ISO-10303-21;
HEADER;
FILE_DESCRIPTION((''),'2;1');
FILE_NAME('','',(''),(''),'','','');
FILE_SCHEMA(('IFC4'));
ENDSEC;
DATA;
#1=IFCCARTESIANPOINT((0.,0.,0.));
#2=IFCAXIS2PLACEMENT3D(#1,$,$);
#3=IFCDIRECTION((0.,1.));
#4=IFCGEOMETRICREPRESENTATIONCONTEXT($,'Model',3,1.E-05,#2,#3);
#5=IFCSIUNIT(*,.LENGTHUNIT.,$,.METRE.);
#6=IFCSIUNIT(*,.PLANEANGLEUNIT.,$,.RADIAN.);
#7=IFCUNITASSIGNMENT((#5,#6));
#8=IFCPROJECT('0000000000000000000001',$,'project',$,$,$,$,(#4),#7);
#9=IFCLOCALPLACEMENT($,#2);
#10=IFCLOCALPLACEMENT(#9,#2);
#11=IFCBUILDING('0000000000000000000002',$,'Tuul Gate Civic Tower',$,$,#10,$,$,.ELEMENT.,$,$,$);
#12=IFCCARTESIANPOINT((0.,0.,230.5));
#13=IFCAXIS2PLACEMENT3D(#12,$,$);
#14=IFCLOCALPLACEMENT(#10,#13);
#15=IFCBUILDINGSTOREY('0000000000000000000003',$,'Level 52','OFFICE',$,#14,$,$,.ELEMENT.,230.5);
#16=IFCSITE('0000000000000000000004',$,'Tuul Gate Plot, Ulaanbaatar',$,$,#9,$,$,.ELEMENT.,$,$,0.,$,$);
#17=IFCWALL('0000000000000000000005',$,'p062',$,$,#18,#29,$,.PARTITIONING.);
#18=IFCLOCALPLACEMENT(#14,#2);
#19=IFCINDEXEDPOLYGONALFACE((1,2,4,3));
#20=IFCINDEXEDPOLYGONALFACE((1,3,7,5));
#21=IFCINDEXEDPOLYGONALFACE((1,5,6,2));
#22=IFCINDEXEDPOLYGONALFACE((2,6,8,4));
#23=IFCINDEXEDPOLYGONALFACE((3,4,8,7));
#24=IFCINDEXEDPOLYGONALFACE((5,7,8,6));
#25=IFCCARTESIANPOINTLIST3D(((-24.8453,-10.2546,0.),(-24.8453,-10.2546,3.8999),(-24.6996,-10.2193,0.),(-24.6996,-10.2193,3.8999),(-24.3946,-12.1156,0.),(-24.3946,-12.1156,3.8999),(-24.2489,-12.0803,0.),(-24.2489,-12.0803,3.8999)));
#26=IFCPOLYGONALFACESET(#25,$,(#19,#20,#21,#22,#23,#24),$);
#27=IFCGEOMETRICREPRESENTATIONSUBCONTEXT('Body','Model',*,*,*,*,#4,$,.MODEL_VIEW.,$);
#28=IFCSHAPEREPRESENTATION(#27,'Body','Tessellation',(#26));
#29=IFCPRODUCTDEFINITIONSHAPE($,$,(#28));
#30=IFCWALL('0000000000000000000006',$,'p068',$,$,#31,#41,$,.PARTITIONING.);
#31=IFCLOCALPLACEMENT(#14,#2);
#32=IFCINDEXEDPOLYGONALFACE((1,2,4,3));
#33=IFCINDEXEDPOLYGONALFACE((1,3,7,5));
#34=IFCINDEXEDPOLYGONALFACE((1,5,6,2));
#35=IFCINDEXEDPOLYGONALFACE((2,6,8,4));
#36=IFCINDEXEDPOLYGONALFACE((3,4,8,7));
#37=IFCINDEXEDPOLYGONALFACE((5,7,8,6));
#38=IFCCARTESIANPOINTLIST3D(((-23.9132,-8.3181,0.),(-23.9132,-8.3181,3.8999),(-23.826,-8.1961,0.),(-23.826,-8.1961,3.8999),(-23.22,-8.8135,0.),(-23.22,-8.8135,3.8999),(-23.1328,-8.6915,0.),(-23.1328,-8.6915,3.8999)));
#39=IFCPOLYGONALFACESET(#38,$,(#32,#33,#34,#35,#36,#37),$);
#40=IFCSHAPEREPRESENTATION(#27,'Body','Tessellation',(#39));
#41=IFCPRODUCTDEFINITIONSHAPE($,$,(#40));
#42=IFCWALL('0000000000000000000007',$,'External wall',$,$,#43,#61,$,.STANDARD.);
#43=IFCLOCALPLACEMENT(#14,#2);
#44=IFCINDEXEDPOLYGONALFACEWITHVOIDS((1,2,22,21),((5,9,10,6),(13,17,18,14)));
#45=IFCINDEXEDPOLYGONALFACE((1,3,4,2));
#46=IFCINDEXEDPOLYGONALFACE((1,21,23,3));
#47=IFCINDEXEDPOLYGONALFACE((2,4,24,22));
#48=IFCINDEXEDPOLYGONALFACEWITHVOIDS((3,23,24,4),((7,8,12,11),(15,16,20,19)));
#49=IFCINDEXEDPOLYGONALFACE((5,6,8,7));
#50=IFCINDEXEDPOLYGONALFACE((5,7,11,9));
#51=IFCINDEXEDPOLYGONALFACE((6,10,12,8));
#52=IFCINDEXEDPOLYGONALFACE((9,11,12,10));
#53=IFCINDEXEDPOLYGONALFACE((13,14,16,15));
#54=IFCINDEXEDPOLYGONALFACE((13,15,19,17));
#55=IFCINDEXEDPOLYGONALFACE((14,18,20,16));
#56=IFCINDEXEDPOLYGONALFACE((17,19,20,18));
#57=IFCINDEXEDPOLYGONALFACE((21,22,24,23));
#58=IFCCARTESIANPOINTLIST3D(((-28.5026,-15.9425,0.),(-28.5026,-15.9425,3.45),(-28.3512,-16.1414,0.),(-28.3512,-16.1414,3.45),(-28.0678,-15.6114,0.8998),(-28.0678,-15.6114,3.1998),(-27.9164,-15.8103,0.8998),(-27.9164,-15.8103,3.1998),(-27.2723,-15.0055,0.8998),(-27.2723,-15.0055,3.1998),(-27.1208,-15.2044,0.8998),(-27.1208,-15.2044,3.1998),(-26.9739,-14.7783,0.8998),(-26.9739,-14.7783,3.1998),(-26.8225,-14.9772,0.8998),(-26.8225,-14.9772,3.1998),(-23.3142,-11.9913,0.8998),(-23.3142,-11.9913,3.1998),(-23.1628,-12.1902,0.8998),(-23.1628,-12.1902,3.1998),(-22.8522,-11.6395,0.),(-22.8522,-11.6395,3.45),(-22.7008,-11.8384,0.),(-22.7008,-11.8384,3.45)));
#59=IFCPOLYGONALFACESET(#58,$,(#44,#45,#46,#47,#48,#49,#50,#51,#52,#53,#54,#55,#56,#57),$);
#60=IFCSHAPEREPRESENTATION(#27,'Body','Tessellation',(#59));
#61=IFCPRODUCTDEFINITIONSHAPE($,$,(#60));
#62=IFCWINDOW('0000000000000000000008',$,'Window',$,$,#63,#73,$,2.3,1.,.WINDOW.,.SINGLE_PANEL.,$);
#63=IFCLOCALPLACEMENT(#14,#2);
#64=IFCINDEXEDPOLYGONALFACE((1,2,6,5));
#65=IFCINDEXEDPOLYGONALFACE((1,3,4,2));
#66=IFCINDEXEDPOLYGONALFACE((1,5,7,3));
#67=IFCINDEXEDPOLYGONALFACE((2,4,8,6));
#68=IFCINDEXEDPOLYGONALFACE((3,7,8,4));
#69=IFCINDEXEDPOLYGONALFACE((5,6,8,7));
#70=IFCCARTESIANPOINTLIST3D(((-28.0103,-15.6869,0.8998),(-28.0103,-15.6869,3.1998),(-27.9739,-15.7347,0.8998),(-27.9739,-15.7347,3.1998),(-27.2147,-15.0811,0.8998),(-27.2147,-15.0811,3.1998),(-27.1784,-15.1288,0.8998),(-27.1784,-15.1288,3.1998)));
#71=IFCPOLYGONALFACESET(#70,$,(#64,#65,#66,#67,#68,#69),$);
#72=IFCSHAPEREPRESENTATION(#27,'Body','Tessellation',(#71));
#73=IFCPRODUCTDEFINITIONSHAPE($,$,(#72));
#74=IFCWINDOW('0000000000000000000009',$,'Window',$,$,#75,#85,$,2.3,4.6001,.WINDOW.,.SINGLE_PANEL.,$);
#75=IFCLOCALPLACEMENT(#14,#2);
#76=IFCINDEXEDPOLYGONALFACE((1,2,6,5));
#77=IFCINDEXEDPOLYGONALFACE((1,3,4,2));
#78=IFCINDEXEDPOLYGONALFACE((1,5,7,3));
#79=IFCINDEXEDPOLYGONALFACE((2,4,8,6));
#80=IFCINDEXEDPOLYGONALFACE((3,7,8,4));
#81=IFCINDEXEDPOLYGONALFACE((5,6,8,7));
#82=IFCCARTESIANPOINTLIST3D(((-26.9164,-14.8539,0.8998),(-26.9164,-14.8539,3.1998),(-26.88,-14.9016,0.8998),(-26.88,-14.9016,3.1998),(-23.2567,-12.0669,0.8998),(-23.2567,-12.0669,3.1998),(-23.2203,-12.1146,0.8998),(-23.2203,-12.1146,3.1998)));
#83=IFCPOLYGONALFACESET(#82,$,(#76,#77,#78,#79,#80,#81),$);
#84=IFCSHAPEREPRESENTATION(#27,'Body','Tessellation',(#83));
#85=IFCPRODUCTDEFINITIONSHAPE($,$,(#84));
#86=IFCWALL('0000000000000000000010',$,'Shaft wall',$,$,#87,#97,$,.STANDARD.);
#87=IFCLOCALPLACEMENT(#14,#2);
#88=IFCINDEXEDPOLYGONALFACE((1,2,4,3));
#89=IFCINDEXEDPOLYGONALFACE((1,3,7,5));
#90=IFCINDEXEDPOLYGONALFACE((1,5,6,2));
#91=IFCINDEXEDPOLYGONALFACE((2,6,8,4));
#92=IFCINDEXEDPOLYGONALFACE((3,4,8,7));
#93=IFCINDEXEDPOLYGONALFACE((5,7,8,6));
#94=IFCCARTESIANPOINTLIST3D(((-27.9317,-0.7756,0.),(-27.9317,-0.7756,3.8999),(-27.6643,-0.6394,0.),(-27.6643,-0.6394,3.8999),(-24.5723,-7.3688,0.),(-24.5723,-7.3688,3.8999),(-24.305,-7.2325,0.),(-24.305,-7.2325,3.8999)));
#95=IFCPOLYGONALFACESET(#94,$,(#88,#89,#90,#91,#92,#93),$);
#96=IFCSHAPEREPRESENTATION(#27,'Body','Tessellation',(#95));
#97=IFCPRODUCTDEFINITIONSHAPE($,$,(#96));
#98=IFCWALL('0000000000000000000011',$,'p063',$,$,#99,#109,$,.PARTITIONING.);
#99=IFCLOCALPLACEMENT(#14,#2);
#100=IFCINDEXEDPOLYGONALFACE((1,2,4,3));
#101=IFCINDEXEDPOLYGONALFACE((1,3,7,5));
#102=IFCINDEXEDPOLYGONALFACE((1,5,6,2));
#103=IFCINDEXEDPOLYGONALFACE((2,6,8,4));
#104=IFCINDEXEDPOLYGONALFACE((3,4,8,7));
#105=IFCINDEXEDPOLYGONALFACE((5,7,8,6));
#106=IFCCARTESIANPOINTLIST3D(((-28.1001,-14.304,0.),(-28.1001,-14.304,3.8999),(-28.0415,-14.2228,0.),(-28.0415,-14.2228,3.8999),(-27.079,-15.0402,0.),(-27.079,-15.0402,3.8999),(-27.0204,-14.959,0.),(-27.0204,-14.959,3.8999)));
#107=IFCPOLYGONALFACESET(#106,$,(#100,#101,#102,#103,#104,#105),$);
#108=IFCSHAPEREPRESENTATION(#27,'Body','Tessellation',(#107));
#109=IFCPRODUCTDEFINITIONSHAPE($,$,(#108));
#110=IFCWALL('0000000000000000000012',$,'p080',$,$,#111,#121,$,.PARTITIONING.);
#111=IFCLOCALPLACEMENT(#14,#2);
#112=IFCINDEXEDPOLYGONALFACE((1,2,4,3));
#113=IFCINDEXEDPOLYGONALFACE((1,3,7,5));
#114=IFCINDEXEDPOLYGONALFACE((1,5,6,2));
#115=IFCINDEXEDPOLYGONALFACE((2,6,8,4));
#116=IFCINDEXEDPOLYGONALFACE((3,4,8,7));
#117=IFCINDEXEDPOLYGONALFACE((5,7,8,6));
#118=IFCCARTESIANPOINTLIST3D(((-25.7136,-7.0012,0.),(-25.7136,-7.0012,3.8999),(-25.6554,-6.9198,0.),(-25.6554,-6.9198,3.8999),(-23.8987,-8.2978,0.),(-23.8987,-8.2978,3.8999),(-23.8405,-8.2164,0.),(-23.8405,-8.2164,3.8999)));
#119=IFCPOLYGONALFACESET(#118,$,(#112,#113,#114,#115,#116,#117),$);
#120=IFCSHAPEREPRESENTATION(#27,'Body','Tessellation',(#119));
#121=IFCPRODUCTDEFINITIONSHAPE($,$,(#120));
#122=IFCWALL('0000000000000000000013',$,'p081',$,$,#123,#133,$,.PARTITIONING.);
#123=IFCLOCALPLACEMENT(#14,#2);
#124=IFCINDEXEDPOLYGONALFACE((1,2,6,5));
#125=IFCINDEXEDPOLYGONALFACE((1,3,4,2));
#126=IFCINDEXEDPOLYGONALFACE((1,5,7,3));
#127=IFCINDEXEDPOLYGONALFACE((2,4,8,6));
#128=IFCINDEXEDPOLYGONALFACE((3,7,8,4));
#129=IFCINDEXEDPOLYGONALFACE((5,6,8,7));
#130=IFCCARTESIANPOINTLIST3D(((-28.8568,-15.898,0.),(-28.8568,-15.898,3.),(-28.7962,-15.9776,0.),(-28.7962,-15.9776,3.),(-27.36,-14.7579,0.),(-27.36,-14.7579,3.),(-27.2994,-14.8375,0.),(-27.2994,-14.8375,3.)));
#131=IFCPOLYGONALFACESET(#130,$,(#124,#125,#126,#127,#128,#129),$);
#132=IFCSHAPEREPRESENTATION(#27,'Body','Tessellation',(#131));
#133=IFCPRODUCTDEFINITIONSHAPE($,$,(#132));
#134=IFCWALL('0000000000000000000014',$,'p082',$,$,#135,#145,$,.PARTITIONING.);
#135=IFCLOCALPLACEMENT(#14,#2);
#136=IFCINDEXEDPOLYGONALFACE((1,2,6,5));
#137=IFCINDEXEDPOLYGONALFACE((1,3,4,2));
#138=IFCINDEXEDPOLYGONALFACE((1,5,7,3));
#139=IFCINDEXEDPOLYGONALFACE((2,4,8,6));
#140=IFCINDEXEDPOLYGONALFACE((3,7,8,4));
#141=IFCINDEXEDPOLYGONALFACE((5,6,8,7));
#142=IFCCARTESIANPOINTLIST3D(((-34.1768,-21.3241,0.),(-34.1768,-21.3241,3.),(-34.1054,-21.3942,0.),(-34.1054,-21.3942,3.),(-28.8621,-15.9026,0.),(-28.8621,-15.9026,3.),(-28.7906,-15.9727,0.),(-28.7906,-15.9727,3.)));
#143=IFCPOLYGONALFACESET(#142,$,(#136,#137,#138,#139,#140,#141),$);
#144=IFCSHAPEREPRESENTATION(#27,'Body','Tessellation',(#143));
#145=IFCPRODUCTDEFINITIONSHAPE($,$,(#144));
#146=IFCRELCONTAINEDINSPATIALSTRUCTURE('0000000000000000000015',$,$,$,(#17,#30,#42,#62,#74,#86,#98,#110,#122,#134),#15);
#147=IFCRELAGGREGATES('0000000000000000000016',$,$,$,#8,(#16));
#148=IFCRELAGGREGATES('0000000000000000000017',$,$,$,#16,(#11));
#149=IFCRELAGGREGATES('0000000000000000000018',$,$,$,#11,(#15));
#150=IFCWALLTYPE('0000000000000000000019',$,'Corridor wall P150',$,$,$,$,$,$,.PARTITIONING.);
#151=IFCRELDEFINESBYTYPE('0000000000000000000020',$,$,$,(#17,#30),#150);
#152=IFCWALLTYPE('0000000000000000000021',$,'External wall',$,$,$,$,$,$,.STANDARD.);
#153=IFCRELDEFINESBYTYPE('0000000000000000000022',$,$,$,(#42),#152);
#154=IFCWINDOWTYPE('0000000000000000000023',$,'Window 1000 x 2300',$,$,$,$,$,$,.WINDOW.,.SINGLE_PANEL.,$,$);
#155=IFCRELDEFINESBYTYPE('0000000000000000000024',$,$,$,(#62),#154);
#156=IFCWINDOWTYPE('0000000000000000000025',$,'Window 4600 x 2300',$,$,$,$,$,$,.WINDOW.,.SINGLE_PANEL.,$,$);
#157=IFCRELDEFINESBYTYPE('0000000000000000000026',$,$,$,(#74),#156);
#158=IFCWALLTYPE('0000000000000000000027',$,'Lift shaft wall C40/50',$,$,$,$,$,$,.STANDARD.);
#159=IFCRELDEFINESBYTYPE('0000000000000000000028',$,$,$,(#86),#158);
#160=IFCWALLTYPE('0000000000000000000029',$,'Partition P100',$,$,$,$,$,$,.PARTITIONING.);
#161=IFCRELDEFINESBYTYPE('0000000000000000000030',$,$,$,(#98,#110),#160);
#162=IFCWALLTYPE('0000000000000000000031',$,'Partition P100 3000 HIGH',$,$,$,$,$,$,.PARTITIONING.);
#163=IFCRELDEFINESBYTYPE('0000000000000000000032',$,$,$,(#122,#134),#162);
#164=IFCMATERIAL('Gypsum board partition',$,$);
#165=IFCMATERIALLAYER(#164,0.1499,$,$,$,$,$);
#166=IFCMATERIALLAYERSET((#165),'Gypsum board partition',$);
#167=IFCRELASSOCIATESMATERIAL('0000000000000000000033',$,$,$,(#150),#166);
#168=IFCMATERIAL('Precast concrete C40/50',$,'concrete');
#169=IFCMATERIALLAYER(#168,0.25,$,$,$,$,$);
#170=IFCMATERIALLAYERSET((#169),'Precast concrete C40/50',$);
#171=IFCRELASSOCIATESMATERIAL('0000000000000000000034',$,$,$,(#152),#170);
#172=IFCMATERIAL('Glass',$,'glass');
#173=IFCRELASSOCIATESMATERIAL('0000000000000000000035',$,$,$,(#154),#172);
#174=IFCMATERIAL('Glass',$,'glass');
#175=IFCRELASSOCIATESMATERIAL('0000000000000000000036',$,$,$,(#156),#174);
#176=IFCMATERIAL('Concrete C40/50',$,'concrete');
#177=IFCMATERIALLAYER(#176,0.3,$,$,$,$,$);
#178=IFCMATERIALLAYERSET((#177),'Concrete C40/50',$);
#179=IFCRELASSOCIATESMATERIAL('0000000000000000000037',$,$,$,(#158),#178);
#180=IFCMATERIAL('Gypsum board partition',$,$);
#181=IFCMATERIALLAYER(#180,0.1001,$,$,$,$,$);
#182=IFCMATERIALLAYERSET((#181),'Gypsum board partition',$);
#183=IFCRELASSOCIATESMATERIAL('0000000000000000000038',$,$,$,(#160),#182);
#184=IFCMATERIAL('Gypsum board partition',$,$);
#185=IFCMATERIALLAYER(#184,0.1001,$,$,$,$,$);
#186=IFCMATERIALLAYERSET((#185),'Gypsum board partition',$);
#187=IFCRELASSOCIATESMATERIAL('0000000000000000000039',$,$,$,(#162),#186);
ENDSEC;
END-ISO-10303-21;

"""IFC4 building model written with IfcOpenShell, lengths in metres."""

from ifc_helpers import new_model, si_unit, direction, frame, frame_2d, origin, place, context, subcontext, project, spatial, rectangle, extrude, material, layer, layer_set, type_object, element, fill, save


model = new_model("IFC4")

# Units and contexts
model_context = context("Model", 3, precision=1e-05, world=origin(), true_north=direction((0.0, 1.0)))
body_context = subcontext(model_context, "Body", "Model", "MODEL_VIEW")
ifc_project = project(units=[si_unit("LENGTHUNIT", "METRE"), si_unit("PLANEANGLEUNIT", "RADIAN")], contexts=[model_context])

# Site, building, storey
site_placement = place(None, origin())
site = spatial("IfcSite", under=ifc_project, at=site_placement, Name="Tuul Gate Plot, Ulaanbaatar", CompositionType="ELEMENT", RefElevation=0.0)
building_placement = place(site_placement, origin())
building = spatial("IfcBuilding", under=site, at=building_placement, Name="Tuul Gate Civic Tower", CompositionType="ELEMENT")
storey_placement = place(building_placement, frame((0.0, 0.0, 230.5)))
storey = spatial("IfcBuildingStorey", under=building, at=storey_placement, Name="Level 52", Description="OFFICE", CompositionType="ELEMENT", Elevation=230.5)

# Walls
ifc_material_1 = material(Name="Gypsum board partition")
ifc_layer_1 = layer(ifc_material_1, 0.1499)
ifc_layer_set_1 = layer_set([ifc_layer_1], Name="Gypsum board partition")
wall_type_1 = type_object("IfcWallType", Name="Corridor wall P150", PredefinedType="PARTITIONING", material=ifc_layer_set_1)
wall_1_placement = place(storey_placement, frame((-24.7725, -10.2368, 0.0), z_axis=(0.0, 0.0, 1.0), x_axis=(0.235359, -0.971908, 0.0)))
element("IfcWall", 1, at=wall_1_placement, inside=storey, type_object=wall_type_1, Name="p062", PredefinedType="PARTITIONING", context=body_context, shape_type="SweptSolid", body=[
    extrude(rectangle(XDim=1.9148, YDim=0.1499, at=frame_2d((0.9575, 0.0))), origin(), (0.0, 0.0, 1.0), 3.8999),
])
wall_2_placement = place(storey_placement, frame((-23.8696, -8.2571, 0.0), z_axis=(0.0, 0.0, 1.0), x_axis=(0.813579, -0.581455, 0.0)))
element("IfcWall", 2, at=wall_2_placement, inside=storey, type_object=wall_type_1, Name="p068", PredefinedType="PARTITIONING", context=body_context, shape_type="SweptSolid", body=[
    extrude(rectangle(XDim=0.8521, YDim=0.1499, at=frame_2d((0.426, 0.0))), origin(), (0.0, 0.0, 1.0), 3.8999),
])

# Wall, openings, windows
ifc_material_2 = material(Name="Precast concrete C40/50", Category="concrete")
ifc_layer_2 = layer(ifc_material_2, 0.25)
ifc_layer_set_2 = layer_set([ifc_layer_2], Name="Precast concrete C40/50")
wall_type_2 = type_object("IfcWallType", Name="External wall", PredefinedType="STANDARD", material=ifc_layer_set_2)
wall_3_placement = place(storey_placement, frame((-28.427, -16.042, 0.0), z_axis=(0.0, 0.0, 1.0), x_axis=(0.795573, 0.605858, 0.0)))
wall_3 = element("IfcWall", 3, at=wall_3_placement, inside=storey, type_object=wall_type_2, Name="External wall", PredefinedType="STANDARD", context=body_context, shape_type="SweptSolid", body=[
    extrude(rectangle(XDim=7.1023, YDim=0.25, at=frame_2d((3.5513, 0.0))), origin(), (0.0, 0.0, 1.0), 3.45),
])
opening_1_placement = place(wall_3_placement, frame((0.5466, 0.0, 0.8999)))
opening_1 = element("IfcOpeningElement", 4, at=opening_1_placement, cuts=wall_3, PredefinedType="OPENING", context=body_context, shape_type="SweptSolid", body=[
    extrude(rectangle(XDim=1.0, YDim=2.3, at=frame_2d((0.5, 1.1499))), frame((0.0, 0.135, 0.0), z_axis=(0.0, -1.0, 0.0), x_axis=(1.0, 0.0, 0.0)), (0.0, 0.0, 1.0), 0.27),
])
opening_2_placement = place(wall_3_placement, frame((1.9216, 0.0, 0.8999)))
opening_2 = element("IfcOpeningElement", 5, at=opening_2_placement, cuts=wall_3, PredefinedType="OPENING", context=body_context, shape_type="SweptSolid", body=[
    extrude(rectangle(XDim=4.6001, YDim=2.3, at=frame_2d((2.3, 1.1499))), frame((0.0, 0.135, 0.0), z_axis=(0.0, -1.0, 0.0), x_axis=(1.0, 0.0, 0.0)), (0.0, 0.0, 1.0), 0.27),
])
ifc_material_3 = material(Name="Glass", Category="glass")
window_type_1 = type_object("IfcWindowType", Name="Window 1000 x 2300", PartitioningType="SINGLE_PANEL", PredefinedType="WINDOW", material=ifc_material_3)
window_1_placement = place(opening_1_placement, origin())
window_1 = element("IfcWindow", 6, at=window_1_placement, inside=storey, type_object=window_type_1, Name="Window", OverallHeight=2.3, OverallWidth=1.0, PartitioningType="SINGLE_PANEL", PredefinedType="WINDOW", context=body_context, shape_type="SweptSolid", body=[
    extrude(rectangle(XDim=1.0, YDim=2.3, at=frame_2d((0.5, 1.1499))), frame((0.0, 0.03, 0.0), z_axis=(0.0, -1.0, 0.0), x_axis=(1.0, 0.0, 0.0)), (0.0, 0.0, 1.0), 0.0601),
])
fill(opening_1, window_1)
ifc_material_4 = material(Name="Glass", Category="glass")
window_type_2 = type_object("IfcWindowType", Name="Window 4600 x 2300", PartitioningType="SINGLE_PANEL", PredefinedType="WINDOW", material=ifc_material_4)
window_2_placement = place(opening_2_placement, origin())
window_2 = element("IfcWindow", 7, at=window_2_placement, inside=storey, type_object=window_type_2, Name="Window", OverallHeight=2.3, OverallWidth=4.6001, PartitioningType="SINGLE_PANEL", PredefinedType="WINDOW", context=body_context, shape_type="SweptSolid", body=[
    extrude(rectangle(XDim=4.6001, YDim=2.3, at=frame_2d((2.3, 1.1499))), frame((0.0, 0.03, 0.0), z_axis=(0.0, -1.0, 0.0), x_axis=(1.0, 0.0, 0.0)), (0.0, 0.0, 1.0), 0.0601),
])
fill(opening_2, window_2)

# Walls
ifc_material_5 = material(Name="Concrete C40/50", Category="concrete")
ifc_layer_3 = layer(ifc_material_5, 0.3)
ifc_layer_set_3 = layer_set([ifc_layer_3], Name="Concrete C40/50")
wall_type_3 = type_object("IfcWallType", Name="Lift shaft wall C40/50", PredefinedType="STANDARD", material=ifc_layer_set_3)
wall_4_placement = place(storey_placement, frame((-24.4387, -7.3005, 0.0), z_axis=(0.0, 0.0, 1.0), x_axis=(-0.453984, 0.89101, 0.0)))
element("IfcWall", 8, at=wall_4_placement, inside=storey, type_object=wall_type_3, Name="Shaft wall", PredefinedType="STANDARD", context=body_context, shape_type="SweptSolid", body=[
    extrude(rectangle(XDim=7.3997, YDim=0.3, at=frame_2d((3.6997, 0.0))), origin(), (0.0, 0.0, 1.0), 3.8999),
])
ifc_material_6 = material(Name="Gypsum board partition")
ifc_layer_4 = layer(ifc_material_6, 0.1001)
ifc_layer_set_4 = layer_set([ifc_layer_4], Name="Gypsum board partition")
wall_type_4 = type_object("IfcWallType", Name="Partition P100", PredefinedType="PARTITIONING", material=ifc_layer_set_4)
wall_5_placement = place(storey_placement, frame((-28.0708, -14.2634, 0.0), z_axis=(0.0, 0.0, 1.0), x_axis=(0.81117, -0.58481, 0.0)))
element("IfcWall", 9, at=wall_5_placement, inside=storey, type_object=wall_type_4, Name="p063", PredefinedType="PARTITIONING", context=body_context, shape_type="SweptSolid", body=[
    extrude(rectangle(XDim=1.2588, YDim=0.1001, at=frame_2d((0.6294, 0.0))), origin(), (0.0, 0.0, 1.0), 3.8999),
])
wall_6_placement = place(storey_placement, frame((-23.8696, -8.2571, 0.0), z_axis=(0.0, 0.0, 1.0), x_axis=(-0.813682, 0.581311, 0.0)))
element("IfcWall", 10, at=wall_6_placement, inside=storey, type_object=wall_type_4, Name="p080", PredefinedType="PARTITIONING", context=body_context, shape_type="SweptSolid", body=[
    extrude(rectangle(XDim=2.2305, YDim=0.1001, at=frame_2d((1.1152, 0.0))), origin(), (0.0, 0.0, 1.0), 3.8999),
])
ifc_material_7 = material(Name="Gypsum board partition")
ifc_layer_5 = layer(ifc_material_7, 0.1001)
ifc_layer_set_5 = layer_set([ifc_layer_5], Name="Gypsum board partition")
wall_type_5 = type_object("IfcWallType", Name="Partition P100 3000 HIGH", PredefinedType="PARTITIONING", material=ifc_layer_set_5)
wall_7_placement = place(storey_placement, frame((-27.3296, -14.7976, 0.0), z_axis=(0.0, 0.0, 1.0), x_axis=(-0.795509, -0.605942, 0.0)))
element("IfcWall", 11, at=wall_7_placement, inside=storey, type_object=wall_type_5, Name="p081", PredefinedType="PARTITIONING", context=body_context, shape_type="SweptSolid", body=[
    extrude(rectangle(XDim=1.8816, YDim=0.1001, at=frame_2d((0.9409, 0.0))), origin(), (0.0, 0.0, 1.0), 3.0),
])
wall_8_placement = place(storey_placement, frame((-28.8264, -15.9377, 0.0), z_axis=(0.0, 0.0, 1.0), x_axis=(-0.700045, -0.714098, 0.0)))
element("IfcWall", 12, at=wall_8_placement, inside=storey, type_object=wall_type_5, Name="p082", PredefinedType="PARTITIONING", context=body_context, shape_type="SweptSolid", body=[
    extrude(rectangle(XDim=7.592, YDim=0.1001, at=frame_2d((3.7959, 0.0))), origin(), (0.0, 0.0, 1.0), 3.0),
])

save(model, "model.ifc")
